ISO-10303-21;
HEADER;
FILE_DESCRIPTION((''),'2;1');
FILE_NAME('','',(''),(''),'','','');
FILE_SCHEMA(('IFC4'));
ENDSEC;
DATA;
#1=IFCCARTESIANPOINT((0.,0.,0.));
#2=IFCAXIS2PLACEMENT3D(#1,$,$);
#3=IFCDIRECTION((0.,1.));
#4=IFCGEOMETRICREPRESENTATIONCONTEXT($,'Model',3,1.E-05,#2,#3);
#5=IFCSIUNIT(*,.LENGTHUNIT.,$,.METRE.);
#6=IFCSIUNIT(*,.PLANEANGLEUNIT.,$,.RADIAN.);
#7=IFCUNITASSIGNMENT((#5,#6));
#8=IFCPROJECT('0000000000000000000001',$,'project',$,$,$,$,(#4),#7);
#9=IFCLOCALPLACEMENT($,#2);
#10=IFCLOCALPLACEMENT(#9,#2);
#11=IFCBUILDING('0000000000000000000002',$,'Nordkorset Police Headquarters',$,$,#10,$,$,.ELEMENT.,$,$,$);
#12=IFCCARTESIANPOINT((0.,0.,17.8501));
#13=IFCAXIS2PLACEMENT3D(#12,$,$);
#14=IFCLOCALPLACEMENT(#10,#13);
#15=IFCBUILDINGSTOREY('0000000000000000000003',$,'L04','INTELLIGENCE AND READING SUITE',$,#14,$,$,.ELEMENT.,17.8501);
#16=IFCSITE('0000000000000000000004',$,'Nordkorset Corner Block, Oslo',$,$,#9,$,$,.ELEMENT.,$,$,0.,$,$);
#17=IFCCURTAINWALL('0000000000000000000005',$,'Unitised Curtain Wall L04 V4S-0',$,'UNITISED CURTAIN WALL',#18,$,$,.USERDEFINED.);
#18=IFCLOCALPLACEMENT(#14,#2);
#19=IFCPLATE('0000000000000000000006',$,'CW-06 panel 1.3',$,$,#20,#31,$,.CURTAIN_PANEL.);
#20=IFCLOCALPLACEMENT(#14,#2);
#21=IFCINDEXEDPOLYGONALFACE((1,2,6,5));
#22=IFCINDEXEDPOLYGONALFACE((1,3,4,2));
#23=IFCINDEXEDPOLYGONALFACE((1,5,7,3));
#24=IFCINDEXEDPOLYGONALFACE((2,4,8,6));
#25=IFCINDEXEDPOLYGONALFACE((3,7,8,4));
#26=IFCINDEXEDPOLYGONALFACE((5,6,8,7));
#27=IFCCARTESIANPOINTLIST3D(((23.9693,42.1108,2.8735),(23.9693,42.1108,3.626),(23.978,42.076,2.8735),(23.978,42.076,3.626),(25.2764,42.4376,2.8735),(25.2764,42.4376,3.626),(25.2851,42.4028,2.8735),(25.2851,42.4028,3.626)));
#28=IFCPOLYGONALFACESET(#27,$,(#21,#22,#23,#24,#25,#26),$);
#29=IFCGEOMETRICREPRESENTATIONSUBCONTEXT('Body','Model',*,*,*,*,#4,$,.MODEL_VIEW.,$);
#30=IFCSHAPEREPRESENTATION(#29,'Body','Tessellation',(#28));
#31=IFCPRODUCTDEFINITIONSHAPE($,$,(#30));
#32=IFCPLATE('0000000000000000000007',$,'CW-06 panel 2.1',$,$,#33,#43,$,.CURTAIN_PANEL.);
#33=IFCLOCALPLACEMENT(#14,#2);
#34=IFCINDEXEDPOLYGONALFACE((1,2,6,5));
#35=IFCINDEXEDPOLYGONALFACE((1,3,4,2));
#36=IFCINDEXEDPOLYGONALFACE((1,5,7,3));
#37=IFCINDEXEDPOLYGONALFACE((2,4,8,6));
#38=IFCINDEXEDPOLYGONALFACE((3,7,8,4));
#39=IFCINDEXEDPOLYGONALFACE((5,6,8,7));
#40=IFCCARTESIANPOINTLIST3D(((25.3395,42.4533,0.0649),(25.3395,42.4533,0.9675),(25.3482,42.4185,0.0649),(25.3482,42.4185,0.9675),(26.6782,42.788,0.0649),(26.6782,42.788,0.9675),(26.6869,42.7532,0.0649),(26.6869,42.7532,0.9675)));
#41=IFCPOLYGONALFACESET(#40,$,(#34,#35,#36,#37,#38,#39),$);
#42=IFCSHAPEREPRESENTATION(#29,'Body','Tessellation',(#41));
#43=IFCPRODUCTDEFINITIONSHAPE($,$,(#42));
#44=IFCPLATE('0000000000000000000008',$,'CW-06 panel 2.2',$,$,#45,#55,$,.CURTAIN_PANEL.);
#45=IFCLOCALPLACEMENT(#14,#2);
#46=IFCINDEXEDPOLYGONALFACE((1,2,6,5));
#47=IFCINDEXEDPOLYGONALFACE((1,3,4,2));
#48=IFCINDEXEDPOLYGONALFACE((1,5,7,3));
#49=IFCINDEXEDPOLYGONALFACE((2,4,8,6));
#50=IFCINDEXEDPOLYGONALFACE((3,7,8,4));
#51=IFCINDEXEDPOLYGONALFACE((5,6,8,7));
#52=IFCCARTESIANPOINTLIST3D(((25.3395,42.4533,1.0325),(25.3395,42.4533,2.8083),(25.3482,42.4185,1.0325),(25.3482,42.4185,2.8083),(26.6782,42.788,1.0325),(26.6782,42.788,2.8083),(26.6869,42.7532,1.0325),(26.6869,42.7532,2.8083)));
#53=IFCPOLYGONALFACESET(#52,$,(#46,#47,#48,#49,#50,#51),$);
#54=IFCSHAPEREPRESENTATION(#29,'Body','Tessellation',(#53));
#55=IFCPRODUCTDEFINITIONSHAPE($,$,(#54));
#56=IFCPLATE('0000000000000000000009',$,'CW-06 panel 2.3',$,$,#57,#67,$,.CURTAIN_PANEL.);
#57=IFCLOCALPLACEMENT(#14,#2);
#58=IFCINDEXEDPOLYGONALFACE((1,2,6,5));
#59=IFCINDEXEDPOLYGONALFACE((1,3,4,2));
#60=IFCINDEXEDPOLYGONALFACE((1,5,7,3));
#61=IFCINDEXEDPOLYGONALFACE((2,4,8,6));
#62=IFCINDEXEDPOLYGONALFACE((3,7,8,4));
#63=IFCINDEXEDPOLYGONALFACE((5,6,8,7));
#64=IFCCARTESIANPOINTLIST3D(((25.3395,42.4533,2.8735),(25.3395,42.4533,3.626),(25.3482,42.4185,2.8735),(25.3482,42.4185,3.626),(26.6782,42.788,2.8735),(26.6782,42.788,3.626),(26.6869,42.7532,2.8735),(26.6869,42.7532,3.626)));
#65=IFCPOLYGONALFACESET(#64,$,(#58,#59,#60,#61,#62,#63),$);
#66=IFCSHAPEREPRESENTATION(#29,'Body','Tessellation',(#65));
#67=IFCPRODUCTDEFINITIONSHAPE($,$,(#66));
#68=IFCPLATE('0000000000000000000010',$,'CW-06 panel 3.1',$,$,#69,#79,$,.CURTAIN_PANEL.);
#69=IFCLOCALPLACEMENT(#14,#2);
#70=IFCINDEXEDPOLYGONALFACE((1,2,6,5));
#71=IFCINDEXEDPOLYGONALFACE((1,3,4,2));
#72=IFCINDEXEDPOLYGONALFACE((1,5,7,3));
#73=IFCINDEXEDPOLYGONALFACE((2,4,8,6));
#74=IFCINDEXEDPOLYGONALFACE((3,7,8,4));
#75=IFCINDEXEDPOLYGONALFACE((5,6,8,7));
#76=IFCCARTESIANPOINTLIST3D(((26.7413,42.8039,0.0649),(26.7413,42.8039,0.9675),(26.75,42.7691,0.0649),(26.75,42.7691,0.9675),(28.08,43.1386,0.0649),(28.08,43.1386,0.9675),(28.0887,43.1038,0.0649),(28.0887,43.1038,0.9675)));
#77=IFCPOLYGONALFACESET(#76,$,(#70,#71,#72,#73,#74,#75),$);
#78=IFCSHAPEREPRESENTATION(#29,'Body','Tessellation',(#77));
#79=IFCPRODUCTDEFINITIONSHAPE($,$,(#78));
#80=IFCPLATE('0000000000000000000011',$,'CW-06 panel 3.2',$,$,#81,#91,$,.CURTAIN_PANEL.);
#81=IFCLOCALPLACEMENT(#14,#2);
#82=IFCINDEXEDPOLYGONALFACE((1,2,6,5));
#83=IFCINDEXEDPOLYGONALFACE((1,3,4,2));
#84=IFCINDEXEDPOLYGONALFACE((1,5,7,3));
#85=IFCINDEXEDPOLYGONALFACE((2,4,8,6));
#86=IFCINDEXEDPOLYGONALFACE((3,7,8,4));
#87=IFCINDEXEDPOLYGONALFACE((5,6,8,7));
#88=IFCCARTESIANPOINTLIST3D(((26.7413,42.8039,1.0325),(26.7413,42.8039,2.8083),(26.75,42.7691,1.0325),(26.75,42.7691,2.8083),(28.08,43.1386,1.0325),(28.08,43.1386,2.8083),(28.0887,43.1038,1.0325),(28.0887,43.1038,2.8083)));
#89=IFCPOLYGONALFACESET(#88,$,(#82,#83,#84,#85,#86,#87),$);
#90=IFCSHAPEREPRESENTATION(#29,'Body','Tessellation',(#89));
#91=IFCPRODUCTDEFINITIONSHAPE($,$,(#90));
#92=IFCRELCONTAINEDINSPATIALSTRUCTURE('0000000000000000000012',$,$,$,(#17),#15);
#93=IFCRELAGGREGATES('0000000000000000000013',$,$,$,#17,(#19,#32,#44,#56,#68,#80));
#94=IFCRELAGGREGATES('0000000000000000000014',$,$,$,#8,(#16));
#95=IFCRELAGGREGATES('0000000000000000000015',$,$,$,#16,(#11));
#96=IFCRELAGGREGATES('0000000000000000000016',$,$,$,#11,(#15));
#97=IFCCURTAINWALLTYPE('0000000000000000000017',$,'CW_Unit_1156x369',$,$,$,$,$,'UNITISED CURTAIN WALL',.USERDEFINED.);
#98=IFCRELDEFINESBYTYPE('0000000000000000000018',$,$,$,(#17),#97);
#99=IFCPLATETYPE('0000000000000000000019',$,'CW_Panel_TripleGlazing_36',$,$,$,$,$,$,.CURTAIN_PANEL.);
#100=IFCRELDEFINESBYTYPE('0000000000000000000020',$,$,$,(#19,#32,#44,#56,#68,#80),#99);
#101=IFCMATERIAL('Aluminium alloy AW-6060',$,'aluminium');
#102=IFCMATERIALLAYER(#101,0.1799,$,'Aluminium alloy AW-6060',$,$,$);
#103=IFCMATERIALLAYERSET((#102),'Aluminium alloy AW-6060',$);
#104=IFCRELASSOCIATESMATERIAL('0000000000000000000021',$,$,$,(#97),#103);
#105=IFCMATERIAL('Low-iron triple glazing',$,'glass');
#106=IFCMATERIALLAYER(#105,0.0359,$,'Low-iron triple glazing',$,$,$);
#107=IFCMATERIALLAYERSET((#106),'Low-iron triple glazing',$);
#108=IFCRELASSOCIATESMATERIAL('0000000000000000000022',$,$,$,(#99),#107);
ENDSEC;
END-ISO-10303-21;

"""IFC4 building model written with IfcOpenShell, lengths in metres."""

from ifc_helpers import new_model, si_unit, direction, frame, origin, origin_2d, place, context, subcontext, project, spatial, rectangle, extrude, material, layer, layer_set, type_object, element, aggregate, save


model = new_model("IFC4")

# Units and contexts
model_context = context("Model", 3, precision=1e-05, world=origin(), true_north=direction((0.0, 1.0)))
body_context = subcontext(model_context, "Body", "Model", "MODEL_VIEW")
ifc_project = project(units=[si_unit("LENGTHUNIT", "METRE"), si_unit("PLANEANGLEUNIT", "RADIAN")], contexts=[model_context])

# Site, building, storey
site_placement = place(None, origin())
site = spatial("IfcSite", under=ifc_project, at=site_placement, Name="Nordkorset Corner Block, Oslo", CompositionType="ELEMENT", RefElevation=0.0)
building_placement = place(site_placement, origin())
building = spatial("IfcBuilding", under=site, at=building_placement, Name="Nordkorset Police Headquarters", CompositionType="ELEMENT")
storey_placement = place(building_placement, frame((0.0, 0.0, 17.8501)))
storey = spatial("IfcBuildingStorey", under=building, at=storey_placement, Name="L04", Description="INTELLIGENCE AND READING SUITE", CompositionType="ELEMENT", Elevation=17.8501)

# Curtain wall, plates
ifc_material_1 = material(Name="Aluminium alloy AW-6060", Category="aluminium")
ifc_layer_1 = layer(ifc_material_1, 0.1799, Name="Aluminium alloy AW-6060")
ifc_layer_set_1 = layer_set([ifc_layer_1], Name="Aluminium alloy AW-6060")
curtain_wall_type = type_object("IfcCurtainWallType", Name="CW_Unit_1156x369", ElementType="UNITISED CURTAIN WALL", PredefinedType="USERDEFINED", material=ifc_layer_set_1)
curtain_wall_placement = place(storey_placement, origin())
curtain_wall = element("IfcCurtainWall", 1, at=curtain_wall_placement, inside=storey, type_object=curtain_wall_type, Name="Unitised Curtain Wall L04 V4S-0", ObjectType="UNITISED CURTAIN WALL", PredefinedType="USERDEFINED")
ifc_material_2 = material(Name="Low-iron triple glazing", Category="glass")
ifc_layer_2 = layer(ifc_material_2, 0.0359, Name="Low-iron triple glazing")
ifc_layer_set_2 = layer_set([ifc_layer_2], Name="Low-iron triple glazing")
plate_type = type_object("IfcPlateType", Name="CW_Panel_TripleGlazing_36", PredefinedType="CURTAIN_PANEL", material=ifc_layer_set_2)
plate_1_placement = place(storey_placement, frame((24.6272, 42.2568, 2.8735), z_axis=(0.0, 0.0, 1.0), x_axis=(0.970143, 0.242536, 0.0)))
plate_1 = element("IfcPlate", 2, at=plate_1_placement, type_object=plate_type, Name="CW-06 panel 1.3", PredefinedType="CURTAIN_PANEL", context=body_context, shape_type="SweptSolid", body=[
    extrude(rectangle(XDim=1.3474, YDim=0.0359, at=origin_2d()), origin(), (0.0, 0.0, 1.0), 0.7524),
])
plate_2_placement = place(storey_placement, frame((26.0132, 42.6033, 0.0649), z_axis=(0.0, 0.0, 1.0), x_axis=(0.970143, 0.242536, 0.0)))
plate_2 = element("IfcPlate", 3, at=plate_2_placement, type_object=plate_type, Name="CW-06 panel 2.1", PredefinedType="CURTAIN_PANEL", context=body_context, shape_type="SweptSolid", body=[
    extrude(rectangle(XDim=1.3799, YDim=0.0359, at=origin_2d()), origin(), (0.0, 0.0, 1.0), 0.9026),
])
plate_3_placement = place(storey_placement, frame((26.0132, 42.6033, 1.0325), z_axis=(0.0, 0.0, 1.0), x_axis=(0.970143, 0.242536, 0.0)))
plate_3 = element("IfcPlate", 4, at=plate_3_placement, type_object=plate_type, Name="CW-06 panel 2.2", PredefinedType="CURTAIN_PANEL", context=body_context, shape_type="SweptSolid", body=[
    extrude(rectangle(XDim=1.3799, YDim=0.0359, at=origin_2d()), origin(), (0.0, 0.0, 1.0), 1.7759),
])
plate_4_placement = place(storey_placement, frame((26.0132, 42.6033, 2.8735), z_axis=(0.0, 0.0, 1.0), x_axis=(0.970143, 0.242536, 0.0)))
plate_4 = element("IfcPlate", 5, at=plate_4_placement, type_object=plate_type, Name="CW-06 panel 2.3", PredefinedType="CURTAIN_PANEL", context=body_context, shape_type="SweptSolid", body=[
    extrude(rectangle(XDim=1.3799, YDim=0.0359, at=origin_2d()), origin(), (0.0, 0.0, 1.0), 0.7524),
])
plate_5_placement = place(storey_placement, frame((27.415, 42.9539, 0.0649), z_axis=(0.0, 0.0, 1.0), x_axis=(0.970143, 0.242536, 0.0)))
plate_5 = element("IfcPlate", 6, at=plate_5_placement, type_object=plate_type, Name="CW-06 panel 3.1", PredefinedType="CURTAIN_PANEL", context=body_context, shape_type="SweptSolid", body=[
    extrude(rectangle(XDim=1.3799, YDim=0.0359, at=origin_2d()), origin(), (0.0, 0.0, 1.0), 0.9026),
])
plate_6_placement = place(storey_placement, frame((27.415, 42.9539, 1.0325), z_axis=(0.0, 0.0, 1.0), x_axis=(0.970143, 0.242536, 0.0)))
plate_6 = element("IfcPlate", 7, at=plate_6_placement, type_object=plate_type, Name="CW-06 panel 3.2", PredefinedType="CURTAIN_PANEL", context=body_context, shape_type="SweptSolid", body=[
    extrude(rectangle(XDim=1.3799, YDim=0.0359, at=origin_2d()), origin(), (0.0, 0.0, 1.0), 1.7759),
])
aggregate(curtain_wall, [plate_1, plate_2, plate_3, plate_4, plate_5, plate_6])

save(model, "model.ifc")
